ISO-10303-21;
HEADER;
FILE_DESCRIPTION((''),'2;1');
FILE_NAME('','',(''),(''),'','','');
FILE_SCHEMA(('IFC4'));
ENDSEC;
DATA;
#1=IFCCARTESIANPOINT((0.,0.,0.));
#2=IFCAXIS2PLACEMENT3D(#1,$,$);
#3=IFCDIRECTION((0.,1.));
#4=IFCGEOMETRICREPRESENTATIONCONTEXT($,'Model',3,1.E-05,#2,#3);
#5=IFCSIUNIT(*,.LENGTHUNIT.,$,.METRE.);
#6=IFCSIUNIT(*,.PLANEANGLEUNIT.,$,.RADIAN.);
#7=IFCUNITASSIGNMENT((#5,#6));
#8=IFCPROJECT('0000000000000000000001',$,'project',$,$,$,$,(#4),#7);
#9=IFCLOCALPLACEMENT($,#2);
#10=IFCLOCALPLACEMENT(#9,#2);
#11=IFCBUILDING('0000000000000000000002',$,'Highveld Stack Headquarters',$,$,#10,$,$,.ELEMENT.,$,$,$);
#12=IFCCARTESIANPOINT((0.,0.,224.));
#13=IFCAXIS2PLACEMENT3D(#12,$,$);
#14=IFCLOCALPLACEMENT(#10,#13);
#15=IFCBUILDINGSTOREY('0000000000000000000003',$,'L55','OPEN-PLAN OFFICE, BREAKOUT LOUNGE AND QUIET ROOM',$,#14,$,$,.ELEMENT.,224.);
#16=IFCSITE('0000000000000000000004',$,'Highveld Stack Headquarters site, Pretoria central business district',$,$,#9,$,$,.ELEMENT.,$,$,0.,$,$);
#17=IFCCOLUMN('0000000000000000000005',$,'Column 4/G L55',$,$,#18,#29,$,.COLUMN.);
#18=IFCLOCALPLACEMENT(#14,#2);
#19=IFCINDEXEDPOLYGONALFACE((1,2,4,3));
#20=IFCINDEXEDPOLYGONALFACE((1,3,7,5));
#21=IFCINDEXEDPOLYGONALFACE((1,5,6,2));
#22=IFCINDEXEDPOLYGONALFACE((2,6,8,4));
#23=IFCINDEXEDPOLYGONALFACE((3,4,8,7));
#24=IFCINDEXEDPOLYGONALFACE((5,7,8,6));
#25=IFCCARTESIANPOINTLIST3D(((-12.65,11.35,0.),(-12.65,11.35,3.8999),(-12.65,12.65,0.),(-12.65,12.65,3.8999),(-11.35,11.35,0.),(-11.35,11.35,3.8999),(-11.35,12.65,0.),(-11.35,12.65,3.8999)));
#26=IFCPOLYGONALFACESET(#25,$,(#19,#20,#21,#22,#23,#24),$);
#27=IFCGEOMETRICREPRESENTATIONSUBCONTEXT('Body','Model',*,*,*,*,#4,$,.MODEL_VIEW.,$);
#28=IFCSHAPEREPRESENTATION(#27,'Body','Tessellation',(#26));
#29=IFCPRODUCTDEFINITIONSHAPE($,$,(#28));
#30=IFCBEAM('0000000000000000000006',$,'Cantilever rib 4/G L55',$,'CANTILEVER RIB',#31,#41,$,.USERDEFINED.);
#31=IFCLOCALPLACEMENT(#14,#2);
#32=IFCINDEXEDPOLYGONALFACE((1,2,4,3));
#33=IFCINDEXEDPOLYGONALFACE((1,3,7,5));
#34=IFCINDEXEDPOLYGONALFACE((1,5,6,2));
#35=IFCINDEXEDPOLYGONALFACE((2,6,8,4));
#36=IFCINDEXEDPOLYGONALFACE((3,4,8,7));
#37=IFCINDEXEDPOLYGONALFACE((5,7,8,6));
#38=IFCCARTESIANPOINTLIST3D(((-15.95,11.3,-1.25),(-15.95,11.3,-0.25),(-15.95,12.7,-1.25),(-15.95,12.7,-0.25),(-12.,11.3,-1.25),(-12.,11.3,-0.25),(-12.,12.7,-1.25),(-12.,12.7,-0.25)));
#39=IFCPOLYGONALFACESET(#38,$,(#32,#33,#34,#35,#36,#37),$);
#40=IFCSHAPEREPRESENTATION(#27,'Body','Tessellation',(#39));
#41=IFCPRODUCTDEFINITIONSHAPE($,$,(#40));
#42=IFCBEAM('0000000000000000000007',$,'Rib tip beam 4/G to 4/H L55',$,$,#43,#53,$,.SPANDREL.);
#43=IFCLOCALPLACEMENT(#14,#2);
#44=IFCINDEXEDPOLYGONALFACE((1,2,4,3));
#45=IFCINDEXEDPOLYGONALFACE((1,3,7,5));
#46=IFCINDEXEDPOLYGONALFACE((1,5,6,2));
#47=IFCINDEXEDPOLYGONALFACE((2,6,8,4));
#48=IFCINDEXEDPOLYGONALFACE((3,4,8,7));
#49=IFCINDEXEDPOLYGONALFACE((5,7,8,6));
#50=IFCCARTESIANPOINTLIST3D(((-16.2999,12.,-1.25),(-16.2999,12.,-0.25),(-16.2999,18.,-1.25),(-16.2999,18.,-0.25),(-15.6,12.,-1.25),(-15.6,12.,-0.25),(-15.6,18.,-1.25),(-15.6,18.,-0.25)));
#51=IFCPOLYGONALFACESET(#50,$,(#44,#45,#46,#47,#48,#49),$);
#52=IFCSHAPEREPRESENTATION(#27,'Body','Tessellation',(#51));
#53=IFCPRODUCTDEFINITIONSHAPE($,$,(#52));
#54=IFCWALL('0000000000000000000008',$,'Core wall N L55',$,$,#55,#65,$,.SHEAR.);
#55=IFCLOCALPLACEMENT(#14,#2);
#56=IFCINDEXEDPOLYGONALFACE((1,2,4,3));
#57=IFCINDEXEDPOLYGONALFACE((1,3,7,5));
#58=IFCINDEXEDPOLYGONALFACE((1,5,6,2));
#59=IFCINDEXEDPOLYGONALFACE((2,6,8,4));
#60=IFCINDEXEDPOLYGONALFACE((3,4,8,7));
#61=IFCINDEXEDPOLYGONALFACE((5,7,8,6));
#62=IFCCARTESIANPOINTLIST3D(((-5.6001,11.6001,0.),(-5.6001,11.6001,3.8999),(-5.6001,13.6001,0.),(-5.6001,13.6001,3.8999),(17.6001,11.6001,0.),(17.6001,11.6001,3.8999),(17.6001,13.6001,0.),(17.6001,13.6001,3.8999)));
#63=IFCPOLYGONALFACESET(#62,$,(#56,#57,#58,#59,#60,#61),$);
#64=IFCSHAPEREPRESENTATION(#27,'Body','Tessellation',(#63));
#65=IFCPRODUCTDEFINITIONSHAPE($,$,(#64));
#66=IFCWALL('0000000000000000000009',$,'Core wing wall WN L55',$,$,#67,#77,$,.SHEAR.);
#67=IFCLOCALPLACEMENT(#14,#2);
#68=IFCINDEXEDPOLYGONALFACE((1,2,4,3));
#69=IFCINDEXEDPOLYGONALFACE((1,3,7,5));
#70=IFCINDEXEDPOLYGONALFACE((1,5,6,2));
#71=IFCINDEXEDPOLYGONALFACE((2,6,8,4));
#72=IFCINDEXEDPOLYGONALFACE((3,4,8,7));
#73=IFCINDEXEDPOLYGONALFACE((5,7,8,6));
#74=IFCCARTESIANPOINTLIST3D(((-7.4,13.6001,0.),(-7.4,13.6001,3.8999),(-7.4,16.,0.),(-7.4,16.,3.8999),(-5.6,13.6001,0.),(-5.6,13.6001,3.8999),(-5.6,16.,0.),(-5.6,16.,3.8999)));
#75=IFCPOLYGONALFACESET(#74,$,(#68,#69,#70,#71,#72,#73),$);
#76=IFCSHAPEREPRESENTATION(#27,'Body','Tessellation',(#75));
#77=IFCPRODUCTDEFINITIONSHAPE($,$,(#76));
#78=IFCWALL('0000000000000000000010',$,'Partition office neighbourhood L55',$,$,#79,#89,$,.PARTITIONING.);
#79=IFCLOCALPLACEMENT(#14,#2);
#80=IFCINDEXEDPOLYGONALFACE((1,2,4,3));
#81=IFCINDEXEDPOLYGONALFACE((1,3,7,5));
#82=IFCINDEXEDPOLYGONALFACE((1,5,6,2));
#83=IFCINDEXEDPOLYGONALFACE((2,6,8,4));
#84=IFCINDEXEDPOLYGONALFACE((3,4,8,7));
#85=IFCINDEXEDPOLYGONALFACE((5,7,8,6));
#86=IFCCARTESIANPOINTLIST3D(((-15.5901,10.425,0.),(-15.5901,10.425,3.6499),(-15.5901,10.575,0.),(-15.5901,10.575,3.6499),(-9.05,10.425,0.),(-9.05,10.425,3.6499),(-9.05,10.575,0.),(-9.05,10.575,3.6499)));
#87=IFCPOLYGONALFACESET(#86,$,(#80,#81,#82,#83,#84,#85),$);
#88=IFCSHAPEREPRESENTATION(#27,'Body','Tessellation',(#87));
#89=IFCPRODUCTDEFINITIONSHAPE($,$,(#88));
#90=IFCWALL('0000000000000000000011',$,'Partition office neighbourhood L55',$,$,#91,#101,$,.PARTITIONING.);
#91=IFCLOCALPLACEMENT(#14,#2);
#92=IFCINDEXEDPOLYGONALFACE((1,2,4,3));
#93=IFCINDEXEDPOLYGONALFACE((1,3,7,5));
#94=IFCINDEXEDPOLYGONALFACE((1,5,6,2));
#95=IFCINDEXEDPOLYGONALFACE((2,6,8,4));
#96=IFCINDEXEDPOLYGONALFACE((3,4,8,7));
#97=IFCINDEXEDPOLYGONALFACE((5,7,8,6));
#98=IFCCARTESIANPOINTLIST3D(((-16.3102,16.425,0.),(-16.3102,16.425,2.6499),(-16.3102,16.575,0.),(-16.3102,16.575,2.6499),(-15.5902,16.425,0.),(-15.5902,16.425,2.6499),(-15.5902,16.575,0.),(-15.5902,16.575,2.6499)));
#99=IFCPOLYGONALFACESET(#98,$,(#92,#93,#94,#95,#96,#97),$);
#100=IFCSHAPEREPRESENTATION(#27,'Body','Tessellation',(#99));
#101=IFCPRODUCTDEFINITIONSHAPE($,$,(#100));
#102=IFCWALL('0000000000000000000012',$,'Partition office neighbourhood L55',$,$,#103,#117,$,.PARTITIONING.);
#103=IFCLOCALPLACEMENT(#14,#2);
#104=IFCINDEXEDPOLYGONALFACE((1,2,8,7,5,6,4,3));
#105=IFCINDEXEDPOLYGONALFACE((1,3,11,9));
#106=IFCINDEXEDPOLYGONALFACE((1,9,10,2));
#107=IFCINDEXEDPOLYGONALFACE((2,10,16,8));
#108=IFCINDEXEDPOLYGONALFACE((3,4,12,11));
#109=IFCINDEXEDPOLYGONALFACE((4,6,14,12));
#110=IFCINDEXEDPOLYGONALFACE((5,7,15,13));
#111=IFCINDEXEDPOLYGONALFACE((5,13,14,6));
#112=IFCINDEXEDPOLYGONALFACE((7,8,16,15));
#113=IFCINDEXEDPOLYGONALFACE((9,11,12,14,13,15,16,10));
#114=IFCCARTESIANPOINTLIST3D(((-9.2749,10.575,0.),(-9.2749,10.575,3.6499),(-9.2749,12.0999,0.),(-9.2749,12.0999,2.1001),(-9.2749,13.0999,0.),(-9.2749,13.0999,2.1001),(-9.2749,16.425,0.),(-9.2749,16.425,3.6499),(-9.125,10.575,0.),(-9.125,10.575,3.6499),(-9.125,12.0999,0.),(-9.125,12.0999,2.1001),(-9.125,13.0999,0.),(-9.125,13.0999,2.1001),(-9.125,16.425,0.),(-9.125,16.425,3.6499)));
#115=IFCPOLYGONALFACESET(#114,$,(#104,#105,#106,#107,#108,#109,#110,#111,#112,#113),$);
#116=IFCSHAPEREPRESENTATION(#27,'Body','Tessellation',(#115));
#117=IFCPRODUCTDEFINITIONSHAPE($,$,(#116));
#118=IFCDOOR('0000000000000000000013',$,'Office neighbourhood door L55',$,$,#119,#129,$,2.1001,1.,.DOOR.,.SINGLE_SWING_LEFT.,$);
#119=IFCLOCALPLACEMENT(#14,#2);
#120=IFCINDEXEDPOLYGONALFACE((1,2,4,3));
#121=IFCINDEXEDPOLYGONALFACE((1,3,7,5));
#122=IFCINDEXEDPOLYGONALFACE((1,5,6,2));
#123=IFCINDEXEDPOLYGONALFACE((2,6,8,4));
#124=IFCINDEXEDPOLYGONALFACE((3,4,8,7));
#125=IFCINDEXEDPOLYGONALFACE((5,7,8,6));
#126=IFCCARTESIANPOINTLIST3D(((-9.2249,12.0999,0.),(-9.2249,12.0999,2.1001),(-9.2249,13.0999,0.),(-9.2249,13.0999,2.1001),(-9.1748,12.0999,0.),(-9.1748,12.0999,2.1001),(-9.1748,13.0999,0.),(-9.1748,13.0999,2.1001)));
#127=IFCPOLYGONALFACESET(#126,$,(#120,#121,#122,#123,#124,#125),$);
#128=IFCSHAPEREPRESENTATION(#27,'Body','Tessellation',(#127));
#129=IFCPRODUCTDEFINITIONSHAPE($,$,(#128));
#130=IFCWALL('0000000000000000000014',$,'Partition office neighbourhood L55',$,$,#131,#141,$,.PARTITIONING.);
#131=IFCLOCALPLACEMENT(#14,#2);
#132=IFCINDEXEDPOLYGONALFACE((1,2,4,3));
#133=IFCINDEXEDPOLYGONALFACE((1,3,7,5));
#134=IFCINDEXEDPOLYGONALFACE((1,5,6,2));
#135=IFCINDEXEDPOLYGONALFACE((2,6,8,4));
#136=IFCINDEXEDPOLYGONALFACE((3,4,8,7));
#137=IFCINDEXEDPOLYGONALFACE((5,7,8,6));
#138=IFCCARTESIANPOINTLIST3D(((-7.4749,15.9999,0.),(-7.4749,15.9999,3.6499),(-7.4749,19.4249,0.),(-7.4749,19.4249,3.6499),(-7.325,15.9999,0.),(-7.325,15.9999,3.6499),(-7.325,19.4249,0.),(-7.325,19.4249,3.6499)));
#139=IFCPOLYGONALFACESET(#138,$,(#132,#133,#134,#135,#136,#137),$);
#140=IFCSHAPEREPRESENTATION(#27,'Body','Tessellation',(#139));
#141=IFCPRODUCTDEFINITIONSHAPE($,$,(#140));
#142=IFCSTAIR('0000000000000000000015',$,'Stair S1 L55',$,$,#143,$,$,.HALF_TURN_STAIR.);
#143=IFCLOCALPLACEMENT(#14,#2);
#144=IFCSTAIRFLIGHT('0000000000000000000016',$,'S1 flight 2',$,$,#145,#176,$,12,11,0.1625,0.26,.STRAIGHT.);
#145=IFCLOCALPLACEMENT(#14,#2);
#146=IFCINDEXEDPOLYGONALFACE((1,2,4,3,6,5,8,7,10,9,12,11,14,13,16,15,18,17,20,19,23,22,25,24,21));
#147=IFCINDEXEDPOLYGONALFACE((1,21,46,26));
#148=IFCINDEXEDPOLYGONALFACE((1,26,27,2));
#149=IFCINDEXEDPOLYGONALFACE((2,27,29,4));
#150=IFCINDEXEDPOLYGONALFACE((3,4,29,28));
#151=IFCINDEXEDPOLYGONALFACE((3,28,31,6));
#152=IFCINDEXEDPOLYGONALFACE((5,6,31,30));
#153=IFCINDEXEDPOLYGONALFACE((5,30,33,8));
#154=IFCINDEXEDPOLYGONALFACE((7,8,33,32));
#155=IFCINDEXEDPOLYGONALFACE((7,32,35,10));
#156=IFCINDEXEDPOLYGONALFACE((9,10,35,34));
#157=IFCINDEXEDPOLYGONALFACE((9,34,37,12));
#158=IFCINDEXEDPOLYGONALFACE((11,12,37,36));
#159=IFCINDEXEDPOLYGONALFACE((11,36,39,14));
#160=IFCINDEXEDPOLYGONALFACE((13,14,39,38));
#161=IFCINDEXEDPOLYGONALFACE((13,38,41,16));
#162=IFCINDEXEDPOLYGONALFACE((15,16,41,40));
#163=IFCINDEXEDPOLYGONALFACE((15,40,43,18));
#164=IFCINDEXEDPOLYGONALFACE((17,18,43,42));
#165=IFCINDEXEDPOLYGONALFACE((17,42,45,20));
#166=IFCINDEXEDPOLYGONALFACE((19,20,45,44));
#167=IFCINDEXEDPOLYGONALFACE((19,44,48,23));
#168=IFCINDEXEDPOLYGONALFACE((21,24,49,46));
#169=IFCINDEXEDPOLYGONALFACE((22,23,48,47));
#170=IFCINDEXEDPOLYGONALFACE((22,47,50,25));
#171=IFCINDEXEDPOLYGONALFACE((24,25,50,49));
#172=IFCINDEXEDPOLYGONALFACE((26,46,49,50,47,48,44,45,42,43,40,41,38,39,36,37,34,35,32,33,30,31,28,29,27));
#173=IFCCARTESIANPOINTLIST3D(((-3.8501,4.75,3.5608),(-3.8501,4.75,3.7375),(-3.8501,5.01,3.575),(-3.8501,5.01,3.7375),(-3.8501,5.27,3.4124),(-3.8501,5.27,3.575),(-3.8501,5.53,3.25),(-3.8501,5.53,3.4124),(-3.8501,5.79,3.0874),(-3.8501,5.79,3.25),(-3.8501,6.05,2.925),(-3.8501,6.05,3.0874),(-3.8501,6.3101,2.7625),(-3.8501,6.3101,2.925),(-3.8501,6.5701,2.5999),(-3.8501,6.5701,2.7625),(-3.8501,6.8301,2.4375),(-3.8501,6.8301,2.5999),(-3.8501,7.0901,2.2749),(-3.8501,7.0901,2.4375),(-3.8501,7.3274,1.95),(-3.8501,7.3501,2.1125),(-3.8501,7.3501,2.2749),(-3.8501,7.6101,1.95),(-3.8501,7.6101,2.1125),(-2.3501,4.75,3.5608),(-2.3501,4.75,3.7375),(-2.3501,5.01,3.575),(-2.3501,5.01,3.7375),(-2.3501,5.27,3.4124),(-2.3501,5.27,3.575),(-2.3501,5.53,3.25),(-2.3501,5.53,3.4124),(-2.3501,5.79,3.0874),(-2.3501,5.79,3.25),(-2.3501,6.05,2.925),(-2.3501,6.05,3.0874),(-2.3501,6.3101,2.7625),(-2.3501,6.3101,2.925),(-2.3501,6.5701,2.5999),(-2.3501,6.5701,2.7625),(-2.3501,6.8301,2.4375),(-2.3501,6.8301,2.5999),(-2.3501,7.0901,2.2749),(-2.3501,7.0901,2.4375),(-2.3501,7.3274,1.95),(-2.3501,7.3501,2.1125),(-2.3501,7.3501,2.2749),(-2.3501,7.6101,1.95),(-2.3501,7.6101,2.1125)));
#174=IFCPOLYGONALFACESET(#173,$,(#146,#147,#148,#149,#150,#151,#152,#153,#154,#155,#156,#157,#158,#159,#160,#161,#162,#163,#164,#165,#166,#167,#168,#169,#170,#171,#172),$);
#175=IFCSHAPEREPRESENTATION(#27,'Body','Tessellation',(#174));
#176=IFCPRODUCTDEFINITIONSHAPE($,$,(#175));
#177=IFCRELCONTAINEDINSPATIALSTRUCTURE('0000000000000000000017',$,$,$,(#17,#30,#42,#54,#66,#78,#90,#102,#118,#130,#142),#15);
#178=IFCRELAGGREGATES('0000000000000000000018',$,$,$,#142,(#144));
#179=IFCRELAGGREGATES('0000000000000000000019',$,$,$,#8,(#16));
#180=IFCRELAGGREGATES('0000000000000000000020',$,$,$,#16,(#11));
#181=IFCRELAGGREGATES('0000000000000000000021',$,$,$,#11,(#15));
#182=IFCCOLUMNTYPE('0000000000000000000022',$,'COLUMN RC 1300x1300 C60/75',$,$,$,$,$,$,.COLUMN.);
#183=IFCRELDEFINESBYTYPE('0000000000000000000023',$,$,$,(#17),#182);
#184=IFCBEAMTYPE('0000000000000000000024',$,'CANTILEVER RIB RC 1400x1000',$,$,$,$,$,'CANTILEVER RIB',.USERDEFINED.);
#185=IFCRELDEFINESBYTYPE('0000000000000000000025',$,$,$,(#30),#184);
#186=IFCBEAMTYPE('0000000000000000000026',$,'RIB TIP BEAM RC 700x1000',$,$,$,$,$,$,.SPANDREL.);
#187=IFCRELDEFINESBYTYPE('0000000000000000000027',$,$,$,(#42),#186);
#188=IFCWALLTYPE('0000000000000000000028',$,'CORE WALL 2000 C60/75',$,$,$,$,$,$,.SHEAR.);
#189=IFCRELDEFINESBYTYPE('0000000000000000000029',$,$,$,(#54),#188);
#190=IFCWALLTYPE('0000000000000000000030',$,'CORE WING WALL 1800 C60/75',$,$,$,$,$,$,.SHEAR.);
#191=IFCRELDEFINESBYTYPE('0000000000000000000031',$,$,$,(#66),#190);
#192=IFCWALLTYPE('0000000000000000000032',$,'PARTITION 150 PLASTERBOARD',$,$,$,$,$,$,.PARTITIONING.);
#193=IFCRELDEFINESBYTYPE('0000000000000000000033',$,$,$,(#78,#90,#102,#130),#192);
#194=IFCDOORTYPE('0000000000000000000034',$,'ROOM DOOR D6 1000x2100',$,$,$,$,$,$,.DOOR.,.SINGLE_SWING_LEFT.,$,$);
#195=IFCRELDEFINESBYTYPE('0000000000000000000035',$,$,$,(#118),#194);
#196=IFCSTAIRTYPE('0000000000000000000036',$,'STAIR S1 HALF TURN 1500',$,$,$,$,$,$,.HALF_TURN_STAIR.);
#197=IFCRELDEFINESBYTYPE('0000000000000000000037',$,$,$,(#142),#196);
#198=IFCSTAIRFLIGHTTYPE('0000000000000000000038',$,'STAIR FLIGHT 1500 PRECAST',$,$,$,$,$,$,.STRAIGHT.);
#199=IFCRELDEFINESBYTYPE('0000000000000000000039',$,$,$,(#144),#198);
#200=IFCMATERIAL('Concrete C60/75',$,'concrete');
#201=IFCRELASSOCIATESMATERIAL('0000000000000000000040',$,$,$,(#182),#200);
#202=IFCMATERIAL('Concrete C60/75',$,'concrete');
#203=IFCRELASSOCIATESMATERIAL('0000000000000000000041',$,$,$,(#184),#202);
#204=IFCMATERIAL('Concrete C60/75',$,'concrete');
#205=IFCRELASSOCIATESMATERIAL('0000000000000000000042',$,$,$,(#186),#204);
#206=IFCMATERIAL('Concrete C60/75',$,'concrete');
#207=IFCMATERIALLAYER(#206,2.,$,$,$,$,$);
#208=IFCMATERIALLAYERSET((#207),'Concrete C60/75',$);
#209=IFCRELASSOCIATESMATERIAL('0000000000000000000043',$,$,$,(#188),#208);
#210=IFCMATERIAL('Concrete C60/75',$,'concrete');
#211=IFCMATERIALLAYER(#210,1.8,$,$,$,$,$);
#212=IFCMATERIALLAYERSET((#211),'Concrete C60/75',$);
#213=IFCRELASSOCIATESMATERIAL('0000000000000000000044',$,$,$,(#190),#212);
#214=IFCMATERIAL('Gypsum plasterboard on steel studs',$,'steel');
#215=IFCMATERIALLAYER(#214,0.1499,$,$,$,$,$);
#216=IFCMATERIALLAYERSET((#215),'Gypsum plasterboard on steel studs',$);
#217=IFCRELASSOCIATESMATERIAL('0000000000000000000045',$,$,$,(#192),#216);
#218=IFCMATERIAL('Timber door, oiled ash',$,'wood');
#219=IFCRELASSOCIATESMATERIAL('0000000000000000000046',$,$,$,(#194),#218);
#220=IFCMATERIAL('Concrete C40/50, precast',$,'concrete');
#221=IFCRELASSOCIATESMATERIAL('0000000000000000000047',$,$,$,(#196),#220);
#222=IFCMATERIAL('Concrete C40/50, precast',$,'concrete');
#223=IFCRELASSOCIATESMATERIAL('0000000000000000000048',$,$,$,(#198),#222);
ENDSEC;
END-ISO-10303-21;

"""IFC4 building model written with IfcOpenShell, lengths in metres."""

from ifc_helpers import new_model, si_unit, direction, frame, frame_2d, origin, origin_2d, place, context, subcontext, project, spatial, polyline, rectangle, outline, extrude, material, layer, layer_set, material_profile, profile_set, type_object, element, fill, aggregate, save


model = new_model("IFC4")

# Units and contexts
model_context = context("Model", 3, precision=1e-05, world=origin(), true_north=direction((0.0, 1.0)))
body_context = subcontext(model_context, "Body", "Model", "MODEL_VIEW")
ifc_project = project(units=[si_unit("LENGTHUNIT", "METRE"), si_unit("PLANEANGLEUNIT", "RADIAN")], contexts=[model_context])

# Site, building, storey
site_placement = place(None, origin())
site = spatial("IfcSite", under=ifc_project, at=site_placement, Name="Highveld Stack Headquarters site, Pretoria central business district", CompositionType="ELEMENT", RefElevation=0.0)
building_placement = place(site_placement, origin())
building = spatial("IfcBuilding", under=site, at=building_placement, Name="Highveld Stack Headquarters", CompositionType="ELEMENT")
storey_placement = place(building_placement, frame((0.0, 0.0, 224.0)))
storey = spatial("IfcBuildingStorey", under=building, at=storey_placement, Name="L55", Description="OPEN-PLAN OFFICE, BREAKOUT LOUNGE AND QUIET ROOM", CompositionType="ELEMENT", Elevation=224.0)

# Column
ifc_material_1 = material(Name="Concrete C60/75", Category="concrete")
ifc_material_profile_1 = material_profile(ifc_material_1, rectangle(XDim=1.3, YDim=1.3, at=origin_2d()), Name="RC 1300x1300")
ifc_profile_set_1 = profile_set([ifc_material_profile_1], Name="Concrete C60/75")
column_type = type_object("IfcColumnType", Name="COLUMN RC 1300x1300 C60/75", PredefinedType="COLUMN", material=ifc_profile_set_1)
column_placement = place(storey_placement, frame((-12.0, 12.0, 0.0), z_axis=(0.0, 0.0, 1.0), x_axis=(1.0, 0.0, 0.0)))
element("IfcColumn", 1, at=column_placement, inside=storey, type_object=column_type, Name="Column 4/G L55", PredefinedType="COLUMN", context=body_context, shape_type="SweptSolid", body=[
    extrude(rectangle(XDim=1.3, YDim=1.3, at=origin_2d()), origin(), (0.0, 0.0, 1.0), 3.8999),
])

# Beams
ifc_material_2 = material(Name="Concrete C60/75", Category="concrete")
ifc_material_profile_2 = material_profile(ifc_material_2, rectangle(XDim=1.3999, YDim=1.0, at=origin_2d()), Name="RC 1400x1000")
ifc_profile_set_2 = profile_set([ifc_material_profile_2], Name="Concrete C60/75")
beam_type_1 = type_object("IfcBeamType", Name="CANTILEVER RIB RC 1400x1000", ElementType="CANTILEVER RIB", PredefinedType="USERDEFINED", material=ifc_profile_set_2)
beam_1_placement = place(storey_placement, frame((-12.0, 12.0, -0.75), z_axis=(-1.0, 0.0, 0.0), x_axis=(0.0, -1.0, 0.0)))
element("IfcBeam", 2, at=beam_1_placement, inside=storey, type_object=beam_type_1, Name="Cantilever rib 4/G L55", ObjectType="CANTILEVER RIB", PredefinedType="USERDEFINED", context=body_context, shape_type="SweptSolid", body=[
    extrude(rectangle(XDim=1.3999, YDim=1.0, at=origin_2d()), origin(), (0.0, 0.0, 1.0), 3.95),
])
ifc_material_3 = material(Name="Concrete C60/75", Category="concrete")
ifc_material_profile_3 = material_profile(ifc_material_3, rectangle(XDim=0.7, YDim=1.0, at=origin_2d()), Name="RC 700x1000")
ifc_profile_set_3 = profile_set([ifc_material_profile_3], Name="Concrete C60/75")
beam_type_2 = type_object("IfcBeamType", Name="RIB TIP BEAM RC 700x1000", PredefinedType="SPANDREL", material=ifc_profile_set_3)
beam_2_placement = place(storey_placement, frame((-15.95, 12.0, -0.75), z_axis=(0.0, 1.0, 0.0), x_axis=(-1.0, 0.0, 0.0)))
element("IfcBeam", 3, at=beam_2_placement, inside=storey, type_object=beam_type_2, Name="Rib tip beam 4/G to 4/H L55", PredefinedType="SPANDREL", context=body_context, shape_type="SweptSolid", body=[
    extrude(rectangle(XDim=0.7, YDim=1.0, at=origin_2d()), origin(), (0.0, 0.0, 1.0), 6.0),
])

# Walls
ifc_material_4 = material(Name="Concrete C60/75", Category="concrete")
ifc_layer_1 = layer(ifc_material_4, 2.0)
ifc_layer_set_1 = layer_set([ifc_layer_1], Name="Concrete C60/75")
wall_type_1 = type_object("IfcWallType", Name="CORE WALL 2000 C60/75", PredefinedType="SHEAR", material=ifc_layer_set_1)
wall_1_placement = place(storey_placement, frame((-5.6001, 12.6001, 0.0), z_axis=(0.0, 0.0, 1.0), x_axis=(1.0, 0.0, 0.0)))
element("IfcWall", 4, at=wall_1_placement, inside=storey, type_object=wall_type_1, Name="Core wall N L55", PredefinedType="SHEAR", context=body_context, shape_type="SweptSolid", body=[
    extrude(rectangle(XDim=23.2002, YDim=2.0, at=frame_2d((11.6001, 0.0))), origin(), (0.0, 0.0, 1.0), 3.8999),
])
ifc_material_5 = material(Name="Concrete C60/75", Category="concrete")
ifc_layer_2 = layer(ifc_material_5, 1.8)
ifc_layer_set_2 = layer_set([ifc_layer_2], Name="Concrete C60/75")
wall_type_2 = type_object("IfcWallType", Name="CORE WING WALL 1800 C60/75", PredefinedType="SHEAR", material=ifc_layer_set_2)
wall_2_placement = place(storey_placement, frame((-6.5, 13.6001, 0.0), z_axis=(0.0, 0.0, 1.0), x_axis=(0.0, 1.0, 0.0)))
element("IfcWall", 5, at=wall_2_placement, inside=storey, type_object=wall_type_2, Name="Core wing wall WN L55", PredefinedType="SHEAR", context=body_context, shape_type="SweptSolid", body=[
    extrude(rectangle(XDim=2.3999, YDim=1.8, at=frame_2d((1.2, 0.0))), origin(), (0.0, 0.0, 1.0), 3.8999),
])
ifc_material_6 = material(Name="Gypsum plasterboard on steel studs", Category="steel")
ifc_layer_3 = layer(ifc_material_6, 0.1499)
ifc_layer_set_3 = layer_set([ifc_layer_3], Name="Gypsum plasterboard on steel studs")
wall_type_3 = type_object("IfcWallType", Name="PARTITION 150 PLASTERBOARD", PredefinedType="PARTITIONING", material=ifc_layer_set_3)
wall_3_placement = place(storey_placement, frame((-15.5901, 10.5, 0.0), z_axis=(0.0, 0.0, 1.0), x_axis=(1.0, 0.0, 0.0)))
element("IfcWall", 6, at=wall_3_placement, inside=storey, type_object=wall_type_3, Name="Partition office neighbourhood L55", PredefinedType="PARTITIONING", context=body_context, shape_type="SweptSolid", body=[
    extrude(rectangle(XDim=6.54, YDim=0.1499, at=frame_2d((3.27, 0.0))), origin(), (0.0, 0.0, 1.0), 3.6499),
])
wall_4_placement = place(storey_placement, frame((-16.3101, 16.5, 0.0), z_axis=(0.0, 0.0, 1.0), x_axis=(1.0, 0.0, 0.0)))
element("IfcWall", 7, at=wall_4_placement, inside=storey, type_object=wall_type_3, Name="Partition office neighbourhood L55", PredefinedType="PARTITIONING", context=body_context, shape_type="SweptSolid", body=[
    extrude(rectangle(XDim=0.72, YDim=0.1499, at=frame_2d((0.3599, 0.0))), origin(), (0.0, 0.0, 1.0), 2.6499),
])

# Wall, opening, door
wall_5_placement = place(storey_placement, frame((-9.2, 10.575, 0.0), z_axis=(0.0, 0.0, 1.0), x_axis=(0.0, 1.0, 0.0)))
wall_5 = element("IfcWall", 8, at=wall_5_placement, inside=storey, type_object=wall_type_3, Name="Partition office neighbourhood L55", PredefinedType="PARTITIONING", context=body_context, shape_type="SweptSolid", body=[
    extrude(rectangle(XDim=5.8501, YDim=0.1499, at=frame_2d((2.925, 0.0))), origin(), (0.0, 0.0, 1.0), 3.6499),
])
opening_placement = place(wall_5_placement, frame((1.5249, 0.0, 0.0)))
opening = element("IfcOpeningElement", 9, at=opening_placement, cuts=wall_5, PredefinedType="OPENING", context=body_context, shape_type="SweptSolid", body=[
    extrude(rectangle(XDim=1.0, YDim=2.1001, at=frame_2d((0.5, 1.05))), frame((0.0, 0.085, 0.0), z_axis=(0.0, -1.0, 0.0), x_axis=(1.0, 0.0, 0.0)), (0.0, 0.0, 1.0), 0.1699),
])
ifc_material_7 = material(Name="Timber door, oiled ash", Category="wood")
door_type = type_object("IfcDoorType", Name="ROOM DOOR D6 1000x2100", OperationType="SINGLE_SWING_LEFT", PredefinedType="DOOR", material=ifc_material_7)
door_placement = place(opening_placement, origin())
door = element("IfcDoor", 10, at=door_placement, inside=storey, type_object=door_type, Name="Office neighbourhood door L55", OperationType="SINGLE_SWING_LEFT", OverallHeight=2.1001, OverallWidth=1.0, PredefinedType="DOOR", context=body_context, shape_type="SweptSolid", body=[
    extrude(rectangle(XDim=1.0, YDim=2.1001, at=frame_2d((0.5, 1.05))), frame((0.0, 0.0249, 0.0), z_axis=(0.0, -1.0, 0.0), x_axis=(1.0, 0.0, 0.0)), (0.0, 0.0, 1.0), 0.05),
])
fill(opening, door)

# Wall
wall_6_placement = place(storey_placement, frame((-7.3999, 16.0, 0.0), z_axis=(0.0, 0.0, 1.0), x_axis=(0.0, 1.0, 0.0)))
element("IfcWall", 11, at=wall_6_placement, inside=storey, type_object=wall_type_3, Name="Partition office neighbourhood L55", PredefinedType="PARTITIONING", context=body_context, shape_type="SweptSolid", body=[
    extrude(rectangle(XDim=3.425, YDim=0.1499, at=frame_2d((1.7124, 0.0))), origin(), (0.0, 0.0, 1.0), 3.6499),
])

# Stair, stair flight
ifc_material_8 = material(Name="Concrete C40/50, precast", Category="concrete")
stair_type = type_object("IfcStairType", Name="STAIR S1 HALF TURN 1500", PredefinedType="HALF_TURN_STAIR", material=ifc_material_8)
stair_placement = place(storey_placement, origin())
stair = element("IfcStair", 12, at=stair_placement, inside=storey, type_object=stair_type, Name="Stair S1 L55", PredefinedType="HALF_TURN_STAIR")
ifc_material_9 = material(Name="Concrete C40/50, precast", Category="concrete")
stair_flight_type = type_object("IfcStairFlightType", Name="STAIR FLIGHT 1500 PRECAST", PredefinedType="STRAIGHT", material=ifc_material_9)
stair_flight_placement = place(storey_placement, frame((-3.1001, 7.6101, 1.95), z_axis=(0.0, 0.0, 1.0), x_axis=(0.0, -1.0, 0.0)))
stair_flight = element("IfcStairFlight", 13, at=stair_flight_placement, type_object=stair_flight_type, Name="S1 flight 2", NumberOfRisers=12, NumberOfTreads=11, PredefinedType="STRAIGHT", RiserHeight=0.1625, TreadLength=0.26, context=body_context, shape_type="SweptSolid", body=[
    extrude(outline(polyline([(0.0, 0.0), (0.0, 0.1626), (0.26, 0.1626), (0.26, 0.325), (0.52, 0.325), (0.52, 0.4875), (0.78, 0.4875), (0.78, 0.6499), (1.04, 0.6499), (1.04, 0.8125), (1.3, 0.8125), (1.3, 0.9751), (1.5601, 0.9751), (1.5601, 1.1375), (1.8201, 1.1375), (1.8201, 1.3), (2.0801, 1.3), (2.0801, 1.4624), (2.3401, 1.4624), (2.3401, 1.625), (2.6001, 1.625), (2.6001, 1.7876), (2.8601, 1.7876), (2.8601, 1.95), (2.8601, 1.6108), (0.2827, 0.0), (0.0, 0.0)])), frame((0.0, 0.75, 0.0), z_axis=(0.0, -1.0, 0.0), x_axis=(1.0, 0.0, 0.0)), (0.0, 0.0, 1.0), 1.5),
])
aggregate(stair, [stair_flight])

save(model, "model.ifc")
